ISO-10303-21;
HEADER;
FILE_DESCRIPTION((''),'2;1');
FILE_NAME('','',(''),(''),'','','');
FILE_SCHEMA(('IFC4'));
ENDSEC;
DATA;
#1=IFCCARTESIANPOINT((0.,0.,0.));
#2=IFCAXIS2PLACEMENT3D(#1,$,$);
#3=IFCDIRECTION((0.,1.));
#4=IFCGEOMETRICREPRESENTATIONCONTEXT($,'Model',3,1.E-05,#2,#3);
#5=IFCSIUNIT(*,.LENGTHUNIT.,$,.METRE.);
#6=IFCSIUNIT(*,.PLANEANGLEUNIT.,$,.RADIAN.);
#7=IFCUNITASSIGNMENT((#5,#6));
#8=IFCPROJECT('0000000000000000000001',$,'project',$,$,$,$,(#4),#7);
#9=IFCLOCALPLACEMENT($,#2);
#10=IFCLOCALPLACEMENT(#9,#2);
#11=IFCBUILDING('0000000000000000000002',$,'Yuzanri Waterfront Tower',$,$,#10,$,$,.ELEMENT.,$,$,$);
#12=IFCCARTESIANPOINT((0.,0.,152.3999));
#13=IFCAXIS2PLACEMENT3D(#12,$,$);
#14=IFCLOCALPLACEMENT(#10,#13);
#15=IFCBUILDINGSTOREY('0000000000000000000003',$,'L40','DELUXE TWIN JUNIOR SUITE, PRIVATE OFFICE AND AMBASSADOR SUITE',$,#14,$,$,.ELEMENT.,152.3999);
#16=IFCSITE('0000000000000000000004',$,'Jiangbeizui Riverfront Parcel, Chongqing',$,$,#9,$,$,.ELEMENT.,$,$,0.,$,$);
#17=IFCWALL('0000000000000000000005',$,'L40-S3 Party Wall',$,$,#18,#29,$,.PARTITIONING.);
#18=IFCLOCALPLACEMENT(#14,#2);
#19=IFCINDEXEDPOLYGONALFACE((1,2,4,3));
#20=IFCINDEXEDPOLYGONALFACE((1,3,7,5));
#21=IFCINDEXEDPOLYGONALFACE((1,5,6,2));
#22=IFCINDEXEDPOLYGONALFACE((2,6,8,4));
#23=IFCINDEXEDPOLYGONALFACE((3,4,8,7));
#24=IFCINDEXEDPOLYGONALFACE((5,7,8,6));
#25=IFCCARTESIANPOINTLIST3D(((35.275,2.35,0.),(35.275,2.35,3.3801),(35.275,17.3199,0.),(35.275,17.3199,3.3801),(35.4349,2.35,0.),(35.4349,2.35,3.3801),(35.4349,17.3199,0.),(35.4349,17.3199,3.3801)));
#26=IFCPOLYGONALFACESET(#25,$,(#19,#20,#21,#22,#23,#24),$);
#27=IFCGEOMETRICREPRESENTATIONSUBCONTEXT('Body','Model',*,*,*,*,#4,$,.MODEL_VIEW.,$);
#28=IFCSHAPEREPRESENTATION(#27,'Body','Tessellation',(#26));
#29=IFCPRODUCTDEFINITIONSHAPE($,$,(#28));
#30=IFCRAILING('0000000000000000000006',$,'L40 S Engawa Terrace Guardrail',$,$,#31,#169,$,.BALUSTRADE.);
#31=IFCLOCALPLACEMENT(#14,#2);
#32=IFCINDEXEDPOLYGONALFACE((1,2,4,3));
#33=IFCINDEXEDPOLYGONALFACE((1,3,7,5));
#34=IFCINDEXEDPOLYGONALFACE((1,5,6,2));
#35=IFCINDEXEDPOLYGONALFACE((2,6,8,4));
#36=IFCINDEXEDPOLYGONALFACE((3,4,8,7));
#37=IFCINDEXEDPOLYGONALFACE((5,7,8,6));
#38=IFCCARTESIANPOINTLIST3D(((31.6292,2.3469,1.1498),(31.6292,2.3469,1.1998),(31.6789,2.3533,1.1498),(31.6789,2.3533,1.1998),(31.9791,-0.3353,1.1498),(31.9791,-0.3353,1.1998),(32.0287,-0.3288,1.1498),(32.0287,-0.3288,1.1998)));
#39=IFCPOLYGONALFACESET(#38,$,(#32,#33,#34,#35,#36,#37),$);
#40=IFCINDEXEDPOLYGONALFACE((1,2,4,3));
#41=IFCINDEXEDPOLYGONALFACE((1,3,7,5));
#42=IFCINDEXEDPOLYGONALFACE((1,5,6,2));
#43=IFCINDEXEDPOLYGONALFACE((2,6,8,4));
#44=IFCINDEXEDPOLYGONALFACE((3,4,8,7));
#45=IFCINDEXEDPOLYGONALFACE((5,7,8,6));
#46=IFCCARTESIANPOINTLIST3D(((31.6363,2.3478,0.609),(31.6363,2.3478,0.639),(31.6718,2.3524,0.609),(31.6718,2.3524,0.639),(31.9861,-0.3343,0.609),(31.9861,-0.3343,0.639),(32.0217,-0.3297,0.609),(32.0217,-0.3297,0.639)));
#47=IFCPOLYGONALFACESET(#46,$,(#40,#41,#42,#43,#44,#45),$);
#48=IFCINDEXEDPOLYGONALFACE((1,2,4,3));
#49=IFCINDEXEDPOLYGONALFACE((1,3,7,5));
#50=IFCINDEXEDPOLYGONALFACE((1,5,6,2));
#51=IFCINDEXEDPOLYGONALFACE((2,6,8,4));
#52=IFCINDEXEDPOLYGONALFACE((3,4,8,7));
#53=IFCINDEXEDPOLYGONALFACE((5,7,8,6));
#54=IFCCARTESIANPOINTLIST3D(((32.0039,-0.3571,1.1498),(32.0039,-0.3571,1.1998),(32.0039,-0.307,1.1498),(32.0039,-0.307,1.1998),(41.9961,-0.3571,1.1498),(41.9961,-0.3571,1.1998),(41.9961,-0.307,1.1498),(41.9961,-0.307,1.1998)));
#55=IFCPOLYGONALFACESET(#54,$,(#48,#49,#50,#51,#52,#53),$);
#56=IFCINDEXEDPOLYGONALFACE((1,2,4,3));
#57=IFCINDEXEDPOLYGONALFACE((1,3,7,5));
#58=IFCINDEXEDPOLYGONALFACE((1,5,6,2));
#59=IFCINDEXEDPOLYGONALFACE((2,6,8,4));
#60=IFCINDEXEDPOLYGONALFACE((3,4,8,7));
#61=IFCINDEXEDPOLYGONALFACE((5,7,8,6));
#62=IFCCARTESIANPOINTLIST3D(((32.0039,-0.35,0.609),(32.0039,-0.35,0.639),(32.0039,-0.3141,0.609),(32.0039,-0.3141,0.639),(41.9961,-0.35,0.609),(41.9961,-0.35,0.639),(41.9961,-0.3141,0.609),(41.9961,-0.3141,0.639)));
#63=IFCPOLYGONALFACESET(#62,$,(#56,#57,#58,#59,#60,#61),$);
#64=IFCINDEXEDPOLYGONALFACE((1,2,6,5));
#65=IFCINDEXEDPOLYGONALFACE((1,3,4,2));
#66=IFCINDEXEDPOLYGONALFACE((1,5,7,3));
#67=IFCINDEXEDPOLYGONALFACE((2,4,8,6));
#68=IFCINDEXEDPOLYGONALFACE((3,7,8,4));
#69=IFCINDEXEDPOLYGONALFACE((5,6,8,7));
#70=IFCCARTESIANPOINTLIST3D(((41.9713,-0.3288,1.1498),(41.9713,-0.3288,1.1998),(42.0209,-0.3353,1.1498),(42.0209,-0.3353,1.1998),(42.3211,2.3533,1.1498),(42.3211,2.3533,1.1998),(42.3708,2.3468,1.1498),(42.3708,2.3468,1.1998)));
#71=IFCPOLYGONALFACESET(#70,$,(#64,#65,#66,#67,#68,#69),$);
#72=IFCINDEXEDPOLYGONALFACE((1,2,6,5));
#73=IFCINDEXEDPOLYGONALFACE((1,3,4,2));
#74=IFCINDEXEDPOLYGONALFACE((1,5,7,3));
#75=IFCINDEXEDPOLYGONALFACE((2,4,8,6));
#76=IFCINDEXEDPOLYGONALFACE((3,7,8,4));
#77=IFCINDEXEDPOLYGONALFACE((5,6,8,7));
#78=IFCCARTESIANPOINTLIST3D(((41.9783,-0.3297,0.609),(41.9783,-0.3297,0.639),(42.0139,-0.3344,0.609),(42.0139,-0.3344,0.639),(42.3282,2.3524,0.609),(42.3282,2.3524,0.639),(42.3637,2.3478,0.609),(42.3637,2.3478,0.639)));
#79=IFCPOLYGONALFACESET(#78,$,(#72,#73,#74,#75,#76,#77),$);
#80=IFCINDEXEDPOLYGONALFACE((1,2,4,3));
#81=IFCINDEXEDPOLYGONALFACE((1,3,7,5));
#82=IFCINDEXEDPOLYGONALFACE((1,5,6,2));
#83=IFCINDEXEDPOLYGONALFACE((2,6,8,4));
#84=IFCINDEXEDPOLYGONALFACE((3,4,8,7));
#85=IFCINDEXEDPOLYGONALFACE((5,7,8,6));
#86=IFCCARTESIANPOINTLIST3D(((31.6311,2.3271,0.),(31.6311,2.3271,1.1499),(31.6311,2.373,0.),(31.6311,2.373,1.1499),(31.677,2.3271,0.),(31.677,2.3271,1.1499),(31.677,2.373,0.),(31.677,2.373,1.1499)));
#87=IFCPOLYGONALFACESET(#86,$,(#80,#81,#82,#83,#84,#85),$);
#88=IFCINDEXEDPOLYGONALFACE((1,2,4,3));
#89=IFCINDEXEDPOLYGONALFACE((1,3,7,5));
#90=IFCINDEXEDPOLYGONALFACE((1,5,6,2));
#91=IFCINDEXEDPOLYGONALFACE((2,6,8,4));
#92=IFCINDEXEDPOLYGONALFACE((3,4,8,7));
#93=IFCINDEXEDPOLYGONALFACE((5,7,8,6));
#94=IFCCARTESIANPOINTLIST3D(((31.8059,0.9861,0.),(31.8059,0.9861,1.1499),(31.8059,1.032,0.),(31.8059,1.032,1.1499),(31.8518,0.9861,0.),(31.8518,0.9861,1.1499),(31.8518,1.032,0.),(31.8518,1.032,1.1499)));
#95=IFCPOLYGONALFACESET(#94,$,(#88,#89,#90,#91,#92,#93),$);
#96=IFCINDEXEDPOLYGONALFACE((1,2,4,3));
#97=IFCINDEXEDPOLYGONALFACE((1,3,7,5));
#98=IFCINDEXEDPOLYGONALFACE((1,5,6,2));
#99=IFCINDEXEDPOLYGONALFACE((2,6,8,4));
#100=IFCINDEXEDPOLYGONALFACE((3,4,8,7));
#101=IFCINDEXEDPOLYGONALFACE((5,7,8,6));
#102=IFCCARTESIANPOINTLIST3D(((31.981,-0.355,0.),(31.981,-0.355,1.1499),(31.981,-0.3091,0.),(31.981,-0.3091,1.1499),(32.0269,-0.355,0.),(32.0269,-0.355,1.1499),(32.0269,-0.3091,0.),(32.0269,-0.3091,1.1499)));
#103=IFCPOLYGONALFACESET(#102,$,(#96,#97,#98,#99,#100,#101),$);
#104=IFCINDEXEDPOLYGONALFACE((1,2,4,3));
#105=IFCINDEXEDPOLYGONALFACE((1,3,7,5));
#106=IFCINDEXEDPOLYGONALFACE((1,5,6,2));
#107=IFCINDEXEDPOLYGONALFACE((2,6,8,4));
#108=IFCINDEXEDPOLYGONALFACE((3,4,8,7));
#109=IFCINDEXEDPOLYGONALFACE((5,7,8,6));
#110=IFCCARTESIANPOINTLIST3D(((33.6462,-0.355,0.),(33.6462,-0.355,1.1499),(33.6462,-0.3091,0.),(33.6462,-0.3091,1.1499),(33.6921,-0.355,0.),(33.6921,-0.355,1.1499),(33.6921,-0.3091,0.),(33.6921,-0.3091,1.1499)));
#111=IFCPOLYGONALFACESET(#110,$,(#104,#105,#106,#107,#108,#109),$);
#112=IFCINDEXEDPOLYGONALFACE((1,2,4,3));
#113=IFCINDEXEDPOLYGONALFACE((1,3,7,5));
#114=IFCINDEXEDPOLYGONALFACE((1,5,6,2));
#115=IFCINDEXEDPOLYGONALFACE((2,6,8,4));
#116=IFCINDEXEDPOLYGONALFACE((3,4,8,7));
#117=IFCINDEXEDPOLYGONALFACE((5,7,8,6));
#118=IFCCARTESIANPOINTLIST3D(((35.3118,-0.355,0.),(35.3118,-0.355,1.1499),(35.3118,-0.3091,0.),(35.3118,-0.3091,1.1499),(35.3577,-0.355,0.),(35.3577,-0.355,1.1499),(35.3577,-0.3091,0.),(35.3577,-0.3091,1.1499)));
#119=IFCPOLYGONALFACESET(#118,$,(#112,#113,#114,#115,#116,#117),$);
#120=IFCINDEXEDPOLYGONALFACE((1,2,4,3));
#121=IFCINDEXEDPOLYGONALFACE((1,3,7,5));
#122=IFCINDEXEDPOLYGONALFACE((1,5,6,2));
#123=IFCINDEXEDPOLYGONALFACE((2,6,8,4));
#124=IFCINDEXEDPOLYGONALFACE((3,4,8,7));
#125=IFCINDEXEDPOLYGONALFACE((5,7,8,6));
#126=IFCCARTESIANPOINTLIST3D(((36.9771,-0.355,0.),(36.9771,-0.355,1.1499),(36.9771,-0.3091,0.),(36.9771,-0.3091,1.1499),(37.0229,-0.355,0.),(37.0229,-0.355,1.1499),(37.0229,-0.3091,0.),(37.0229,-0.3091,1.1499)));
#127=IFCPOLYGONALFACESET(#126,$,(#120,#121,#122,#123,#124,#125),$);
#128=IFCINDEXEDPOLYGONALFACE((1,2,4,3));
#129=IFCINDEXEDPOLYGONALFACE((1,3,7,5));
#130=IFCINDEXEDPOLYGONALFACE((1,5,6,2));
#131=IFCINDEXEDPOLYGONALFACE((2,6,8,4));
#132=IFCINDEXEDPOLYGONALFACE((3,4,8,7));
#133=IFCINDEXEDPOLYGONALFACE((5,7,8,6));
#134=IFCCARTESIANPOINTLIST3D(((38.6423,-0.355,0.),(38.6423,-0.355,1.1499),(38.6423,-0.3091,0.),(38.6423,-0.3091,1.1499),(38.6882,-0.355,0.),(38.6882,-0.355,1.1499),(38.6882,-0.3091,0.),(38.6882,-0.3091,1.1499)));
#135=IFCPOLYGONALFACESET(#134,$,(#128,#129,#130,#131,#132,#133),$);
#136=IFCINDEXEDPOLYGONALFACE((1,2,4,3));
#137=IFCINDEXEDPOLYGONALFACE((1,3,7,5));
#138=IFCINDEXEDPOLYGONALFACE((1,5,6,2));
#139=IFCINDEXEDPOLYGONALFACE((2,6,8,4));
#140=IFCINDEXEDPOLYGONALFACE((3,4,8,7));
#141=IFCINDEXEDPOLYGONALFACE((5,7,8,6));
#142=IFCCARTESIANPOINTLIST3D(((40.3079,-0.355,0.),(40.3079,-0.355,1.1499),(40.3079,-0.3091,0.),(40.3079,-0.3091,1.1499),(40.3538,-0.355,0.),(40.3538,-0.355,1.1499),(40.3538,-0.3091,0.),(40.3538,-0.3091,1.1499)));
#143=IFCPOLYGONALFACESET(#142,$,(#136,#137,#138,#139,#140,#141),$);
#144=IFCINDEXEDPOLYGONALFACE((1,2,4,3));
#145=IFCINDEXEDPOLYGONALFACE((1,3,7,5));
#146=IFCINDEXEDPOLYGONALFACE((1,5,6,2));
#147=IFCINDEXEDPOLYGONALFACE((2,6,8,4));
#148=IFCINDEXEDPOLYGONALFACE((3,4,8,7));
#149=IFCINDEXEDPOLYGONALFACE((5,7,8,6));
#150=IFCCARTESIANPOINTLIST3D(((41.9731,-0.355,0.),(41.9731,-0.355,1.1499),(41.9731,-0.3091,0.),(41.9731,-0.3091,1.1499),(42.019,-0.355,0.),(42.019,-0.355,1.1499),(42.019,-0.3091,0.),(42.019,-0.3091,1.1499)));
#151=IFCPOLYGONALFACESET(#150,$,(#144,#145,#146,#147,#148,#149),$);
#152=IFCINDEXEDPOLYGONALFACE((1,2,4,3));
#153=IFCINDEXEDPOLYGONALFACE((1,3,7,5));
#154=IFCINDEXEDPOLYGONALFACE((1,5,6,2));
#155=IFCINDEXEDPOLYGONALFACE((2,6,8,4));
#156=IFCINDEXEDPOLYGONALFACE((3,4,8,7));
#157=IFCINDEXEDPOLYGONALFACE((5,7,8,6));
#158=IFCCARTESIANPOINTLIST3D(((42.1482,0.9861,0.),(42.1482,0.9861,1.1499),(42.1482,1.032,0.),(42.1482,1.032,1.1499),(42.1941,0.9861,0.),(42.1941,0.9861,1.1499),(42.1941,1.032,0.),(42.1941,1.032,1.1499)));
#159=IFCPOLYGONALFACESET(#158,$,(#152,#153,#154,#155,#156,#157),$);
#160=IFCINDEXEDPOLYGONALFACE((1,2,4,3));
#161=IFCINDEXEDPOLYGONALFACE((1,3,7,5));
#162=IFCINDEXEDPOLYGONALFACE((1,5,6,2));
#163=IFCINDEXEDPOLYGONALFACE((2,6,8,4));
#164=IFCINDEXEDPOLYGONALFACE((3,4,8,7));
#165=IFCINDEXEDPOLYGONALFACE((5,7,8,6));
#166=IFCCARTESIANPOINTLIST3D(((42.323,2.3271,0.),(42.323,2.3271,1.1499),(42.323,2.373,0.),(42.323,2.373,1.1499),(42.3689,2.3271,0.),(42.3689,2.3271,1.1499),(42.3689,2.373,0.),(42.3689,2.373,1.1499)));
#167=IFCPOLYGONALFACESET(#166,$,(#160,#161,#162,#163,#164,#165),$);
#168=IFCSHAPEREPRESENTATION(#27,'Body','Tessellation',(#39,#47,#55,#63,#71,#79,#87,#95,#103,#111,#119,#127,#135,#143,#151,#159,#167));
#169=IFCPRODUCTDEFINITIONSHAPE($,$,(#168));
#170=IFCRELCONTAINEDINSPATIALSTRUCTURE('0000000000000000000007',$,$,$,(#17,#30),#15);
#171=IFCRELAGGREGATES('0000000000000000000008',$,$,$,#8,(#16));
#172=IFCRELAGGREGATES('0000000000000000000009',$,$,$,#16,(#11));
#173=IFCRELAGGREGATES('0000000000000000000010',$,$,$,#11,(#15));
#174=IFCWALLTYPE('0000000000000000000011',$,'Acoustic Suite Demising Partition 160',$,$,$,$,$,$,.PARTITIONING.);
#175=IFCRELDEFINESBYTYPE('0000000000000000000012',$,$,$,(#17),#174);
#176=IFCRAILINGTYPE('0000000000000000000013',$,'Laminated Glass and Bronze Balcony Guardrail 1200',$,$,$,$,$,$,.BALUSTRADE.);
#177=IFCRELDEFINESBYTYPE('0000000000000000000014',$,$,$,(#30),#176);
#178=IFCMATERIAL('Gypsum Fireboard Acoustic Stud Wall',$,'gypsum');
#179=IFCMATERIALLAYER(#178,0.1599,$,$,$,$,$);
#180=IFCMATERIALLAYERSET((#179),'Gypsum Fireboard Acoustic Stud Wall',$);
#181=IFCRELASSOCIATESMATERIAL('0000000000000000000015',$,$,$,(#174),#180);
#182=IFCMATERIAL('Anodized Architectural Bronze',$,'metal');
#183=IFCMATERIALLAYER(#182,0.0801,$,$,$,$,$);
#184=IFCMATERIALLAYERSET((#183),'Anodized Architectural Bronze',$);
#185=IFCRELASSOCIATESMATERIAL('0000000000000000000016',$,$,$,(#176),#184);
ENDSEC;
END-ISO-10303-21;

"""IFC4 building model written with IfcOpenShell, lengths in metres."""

from ifc_helpers import new_model, si_unit, direction, frame, frame_2d, origin, origin_2d, place, context, subcontext, project, spatial, rectangle, extrude, source, transform, mapped, material, layer, layer_set, type_object, element, save


model = new_model("IFC4")

# Units and contexts
model_context = context("Model", 3, precision=1e-05, world=origin(), true_north=direction((0.0, 1.0)))
body_context = subcontext(model_context, "Body", "Model", "MODEL_VIEW")
ifc_project = project(units=[si_unit("LENGTHUNIT", "METRE"), si_unit("PLANEANGLEUNIT", "RADIAN")], contexts=[model_context])

# Site, building, storey
site_placement = place(None, origin())
site = spatial("IfcSite", under=ifc_project, at=site_placement, Name="Jiangbeizui Riverfront Parcel, Chongqing", CompositionType="ELEMENT", RefElevation=0.0)
building_placement = place(site_placement, origin())
building = spatial("IfcBuilding", under=site, at=building_placement, Name="Yuzanri Waterfront Tower", CompositionType="ELEMENT")
storey_placement = place(building_placement, frame((0.0, 0.0, 152.3999)))
storey = spatial("IfcBuildingStorey", under=building, at=storey_placement, Name="L40", Description="DELUXE TWIN JUNIOR SUITE, PRIVATE OFFICE AND AMBASSADOR SUITE", CompositionType="ELEMENT", Elevation=152.3999)

# Wall
ifc_material_1 = material(Name="Gypsum Fireboard Acoustic Stud Wall", Category="gypsum")
ifc_layer_1 = layer(ifc_material_1, 0.1599)
ifc_layer_set_1 = layer_set([ifc_layer_1], Name="Gypsum Fireboard Acoustic Stud Wall")
wall_type_1 = type_object("IfcWallType", Name="Acoustic Suite Demising Partition 160", PredefinedType="PARTITIONING", material=ifc_layer_set_1)
shared_shape_1 = source(origin(), body_context, "Body", "SweptSolid", [
    extrude(rectangle(XDim=14.97, YDim=0.1599, at=frame_2d((7.4849, 0.0))), origin(), (0.0, 0.0, 1.0), 3.3801),
])
for number, where, z_axis, x_axis, name in (
    (1, (35.355, 2.3501, 0.0), (0.0, 0.0, 1.0), (0.0, 1.0, 0.0), "L40-S3 Party Wall"),
):
    element("IfcWall", number, at=place(storey_placement, frame(where, z_axis=z_axis, x_axis=x_axis)), inside=storey, type_object=wall_type_1, Name=name, PredefinedType="PARTITIONING", context=body_context, shape_type="MappedRepresentation", body=[
        mapped(shared_shape_1, transform((0.0, 0.0, 0.0), scale=1.0)),
    ])

# Railing
ifc_material_2 = material(Name="Anodized Architectural Bronze", Category="metal")
ifc_layer_2 = layer(ifc_material_2, 0.0801)
ifc_layer_set_2 = layer_set([ifc_layer_2], Name="Anodized Architectural Bronze")
railing_type = type_object("IfcRailingType", Name="Laminated Glass and Bronze Balcony Guardrail 1200", PredefinedType="BALUSTRADE", material=ifc_layer_set_2)
shared_shape_2 = source(origin(), body_context, "Body", "SweptSolid", [
    extrude(rectangle(XDim=0.05, YDim=0.05, at=origin_2d()), frame((0.0, 0.0, 1.1748), z_axis=(0.129343, -0.9916, 0.0), x_axis=(0.9916, 0.129343, 0.0)), (0.0, 0.0, 1.0), 2.7048),
    extrude(rectangle(XDim=0.0359, YDim=0.03, at=origin_2d()), frame((0.0, 0.0, 0.624), z_axis=(0.129343, -0.9916, 0.0), x_axis=(0.9916, 0.129343, 0.0)), (0.0, 0.0, 1.0), 2.7048),
    extrude(rectangle(XDim=0.05, YDim=0.05, at=origin_2d()), frame((0.3499, -2.6821, 1.1748), z_axis=(1.0, 0.0, 0.0), x_axis=(0.0, 1.0, 0.0)), (0.0, 0.0, 1.0), 9.9922),
    extrude(rectangle(XDim=0.0359, YDim=0.03, at=origin_2d()), frame((0.3499, -2.6821, 0.624), z_axis=(1.0, 0.0, 0.0), x_axis=(0.0, 1.0, 0.0)), (0.0, 0.0, 1.0), 9.9922),
    extrude(rectangle(XDim=0.05, YDim=0.05, at=origin_2d()), frame((10.342, -2.6821, 1.1748), z_axis=(0.129343, 0.9916, 0.0), x_axis=(-0.9916, 0.129343, 0.0)), (0.0, 0.0, 1.0), 2.7048),
    extrude(rectangle(XDim=0.0359, YDim=0.03, at=origin_2d()), frame((10.342, -2.6821, 0.624), z_axis=(0.129343, 0.9916, 0.0), x_axis=(-0.9916, 0.129343, 0.0)), (0.0, 0.0, 1.0), 2.7048),
    extrude(rectangle(XDim=0.0459, YDim=0.0459, at=origin_2d()), origin(), (0.0, 0.0, 1.0), 1.1499),
    extrude(rectangle(XDim=0.0459, YDim=0.0459, at=origin_2d()), frame((0.1748, -1.3411, 0.0)), (0.0, 0.0, 1.0), 1.1499),
    extrude(rectangle(XDim=0.0459, YDim=0.0459, at=origin_2d()), frame((0.3499, -2.6821, 0.0)), (0.0, 0.0, 1.0), 1.1499),
    extrude(rectangle(XDim=0.0459, YDim=0.0459, at=origin_2d()), frame((2.0151, -2.6821, 0.0)), (0.0, 0.0, 1.0), 1.1499),
    extrude(rectangle(XDim=0.0459, YDim=0.0459, at=origin_2d()), frame((3.6807, -2.6821, 0.0)), (0.0, 0.0, 1.0), 1.1499),
    extrude(rectangle(XDim=0.0459, YDim=0.0459, at=origin_2d()), frame((5.3459, -2.6821, 0.0)), (0.0, 0.0, 1.0), 1.1499),
    extrude(rectangle(XDim=0.0459, YDim=0.0459, at=origin_2d()), frame((7.0112, -2.6821, 0.0)), (0.0, 0.0, 1.0), 1.1499),
    extrude(rectangle(XDim=0.0459, YDim=0.0459, at=origin_2d()), frame((8.6768, -2.6821, 0.0)), (0.0, 0.0, 1.0), 1.1499),
    extrude(rectangle(XDim=0.0459, YDim=0.0459, at=origin_2d()), frame((10.342, -2.6821, 0.0)), (0.0, 0.0, 1.0), 1.1499),
    extrude(rectangle(XDim=0.0459, YDim=0.0459, at=origin_2d()), frame((10.5171, -1.3411, 0.0)), (0.0, 0.0, 1.0), 1.1499),
    extrude(rectangle(XDim=0.0459, YDim=0.0459, at=origin_2d()), frame((10.6919, 0.0, 0.0)), (0.0, 0.0, 1.0), 1.1499),
])
railing_placement = place(storey_placement, frame((31.6541, 2.3501, 0.0)))
element("IfcRailing", 2, at=railing_placement, inside=storey, type_object=railing_type, Name="L40 S Engawa Terrace Guardrail", PredefinedType="BALUSTRADE", context=body_context, shape_type="MappedRepresentation", body=[
    mapped(shared_shape_2, transform((0.0, 0.0, 0.0), scale=1.0)),
])

save(model, "model.ifc")
